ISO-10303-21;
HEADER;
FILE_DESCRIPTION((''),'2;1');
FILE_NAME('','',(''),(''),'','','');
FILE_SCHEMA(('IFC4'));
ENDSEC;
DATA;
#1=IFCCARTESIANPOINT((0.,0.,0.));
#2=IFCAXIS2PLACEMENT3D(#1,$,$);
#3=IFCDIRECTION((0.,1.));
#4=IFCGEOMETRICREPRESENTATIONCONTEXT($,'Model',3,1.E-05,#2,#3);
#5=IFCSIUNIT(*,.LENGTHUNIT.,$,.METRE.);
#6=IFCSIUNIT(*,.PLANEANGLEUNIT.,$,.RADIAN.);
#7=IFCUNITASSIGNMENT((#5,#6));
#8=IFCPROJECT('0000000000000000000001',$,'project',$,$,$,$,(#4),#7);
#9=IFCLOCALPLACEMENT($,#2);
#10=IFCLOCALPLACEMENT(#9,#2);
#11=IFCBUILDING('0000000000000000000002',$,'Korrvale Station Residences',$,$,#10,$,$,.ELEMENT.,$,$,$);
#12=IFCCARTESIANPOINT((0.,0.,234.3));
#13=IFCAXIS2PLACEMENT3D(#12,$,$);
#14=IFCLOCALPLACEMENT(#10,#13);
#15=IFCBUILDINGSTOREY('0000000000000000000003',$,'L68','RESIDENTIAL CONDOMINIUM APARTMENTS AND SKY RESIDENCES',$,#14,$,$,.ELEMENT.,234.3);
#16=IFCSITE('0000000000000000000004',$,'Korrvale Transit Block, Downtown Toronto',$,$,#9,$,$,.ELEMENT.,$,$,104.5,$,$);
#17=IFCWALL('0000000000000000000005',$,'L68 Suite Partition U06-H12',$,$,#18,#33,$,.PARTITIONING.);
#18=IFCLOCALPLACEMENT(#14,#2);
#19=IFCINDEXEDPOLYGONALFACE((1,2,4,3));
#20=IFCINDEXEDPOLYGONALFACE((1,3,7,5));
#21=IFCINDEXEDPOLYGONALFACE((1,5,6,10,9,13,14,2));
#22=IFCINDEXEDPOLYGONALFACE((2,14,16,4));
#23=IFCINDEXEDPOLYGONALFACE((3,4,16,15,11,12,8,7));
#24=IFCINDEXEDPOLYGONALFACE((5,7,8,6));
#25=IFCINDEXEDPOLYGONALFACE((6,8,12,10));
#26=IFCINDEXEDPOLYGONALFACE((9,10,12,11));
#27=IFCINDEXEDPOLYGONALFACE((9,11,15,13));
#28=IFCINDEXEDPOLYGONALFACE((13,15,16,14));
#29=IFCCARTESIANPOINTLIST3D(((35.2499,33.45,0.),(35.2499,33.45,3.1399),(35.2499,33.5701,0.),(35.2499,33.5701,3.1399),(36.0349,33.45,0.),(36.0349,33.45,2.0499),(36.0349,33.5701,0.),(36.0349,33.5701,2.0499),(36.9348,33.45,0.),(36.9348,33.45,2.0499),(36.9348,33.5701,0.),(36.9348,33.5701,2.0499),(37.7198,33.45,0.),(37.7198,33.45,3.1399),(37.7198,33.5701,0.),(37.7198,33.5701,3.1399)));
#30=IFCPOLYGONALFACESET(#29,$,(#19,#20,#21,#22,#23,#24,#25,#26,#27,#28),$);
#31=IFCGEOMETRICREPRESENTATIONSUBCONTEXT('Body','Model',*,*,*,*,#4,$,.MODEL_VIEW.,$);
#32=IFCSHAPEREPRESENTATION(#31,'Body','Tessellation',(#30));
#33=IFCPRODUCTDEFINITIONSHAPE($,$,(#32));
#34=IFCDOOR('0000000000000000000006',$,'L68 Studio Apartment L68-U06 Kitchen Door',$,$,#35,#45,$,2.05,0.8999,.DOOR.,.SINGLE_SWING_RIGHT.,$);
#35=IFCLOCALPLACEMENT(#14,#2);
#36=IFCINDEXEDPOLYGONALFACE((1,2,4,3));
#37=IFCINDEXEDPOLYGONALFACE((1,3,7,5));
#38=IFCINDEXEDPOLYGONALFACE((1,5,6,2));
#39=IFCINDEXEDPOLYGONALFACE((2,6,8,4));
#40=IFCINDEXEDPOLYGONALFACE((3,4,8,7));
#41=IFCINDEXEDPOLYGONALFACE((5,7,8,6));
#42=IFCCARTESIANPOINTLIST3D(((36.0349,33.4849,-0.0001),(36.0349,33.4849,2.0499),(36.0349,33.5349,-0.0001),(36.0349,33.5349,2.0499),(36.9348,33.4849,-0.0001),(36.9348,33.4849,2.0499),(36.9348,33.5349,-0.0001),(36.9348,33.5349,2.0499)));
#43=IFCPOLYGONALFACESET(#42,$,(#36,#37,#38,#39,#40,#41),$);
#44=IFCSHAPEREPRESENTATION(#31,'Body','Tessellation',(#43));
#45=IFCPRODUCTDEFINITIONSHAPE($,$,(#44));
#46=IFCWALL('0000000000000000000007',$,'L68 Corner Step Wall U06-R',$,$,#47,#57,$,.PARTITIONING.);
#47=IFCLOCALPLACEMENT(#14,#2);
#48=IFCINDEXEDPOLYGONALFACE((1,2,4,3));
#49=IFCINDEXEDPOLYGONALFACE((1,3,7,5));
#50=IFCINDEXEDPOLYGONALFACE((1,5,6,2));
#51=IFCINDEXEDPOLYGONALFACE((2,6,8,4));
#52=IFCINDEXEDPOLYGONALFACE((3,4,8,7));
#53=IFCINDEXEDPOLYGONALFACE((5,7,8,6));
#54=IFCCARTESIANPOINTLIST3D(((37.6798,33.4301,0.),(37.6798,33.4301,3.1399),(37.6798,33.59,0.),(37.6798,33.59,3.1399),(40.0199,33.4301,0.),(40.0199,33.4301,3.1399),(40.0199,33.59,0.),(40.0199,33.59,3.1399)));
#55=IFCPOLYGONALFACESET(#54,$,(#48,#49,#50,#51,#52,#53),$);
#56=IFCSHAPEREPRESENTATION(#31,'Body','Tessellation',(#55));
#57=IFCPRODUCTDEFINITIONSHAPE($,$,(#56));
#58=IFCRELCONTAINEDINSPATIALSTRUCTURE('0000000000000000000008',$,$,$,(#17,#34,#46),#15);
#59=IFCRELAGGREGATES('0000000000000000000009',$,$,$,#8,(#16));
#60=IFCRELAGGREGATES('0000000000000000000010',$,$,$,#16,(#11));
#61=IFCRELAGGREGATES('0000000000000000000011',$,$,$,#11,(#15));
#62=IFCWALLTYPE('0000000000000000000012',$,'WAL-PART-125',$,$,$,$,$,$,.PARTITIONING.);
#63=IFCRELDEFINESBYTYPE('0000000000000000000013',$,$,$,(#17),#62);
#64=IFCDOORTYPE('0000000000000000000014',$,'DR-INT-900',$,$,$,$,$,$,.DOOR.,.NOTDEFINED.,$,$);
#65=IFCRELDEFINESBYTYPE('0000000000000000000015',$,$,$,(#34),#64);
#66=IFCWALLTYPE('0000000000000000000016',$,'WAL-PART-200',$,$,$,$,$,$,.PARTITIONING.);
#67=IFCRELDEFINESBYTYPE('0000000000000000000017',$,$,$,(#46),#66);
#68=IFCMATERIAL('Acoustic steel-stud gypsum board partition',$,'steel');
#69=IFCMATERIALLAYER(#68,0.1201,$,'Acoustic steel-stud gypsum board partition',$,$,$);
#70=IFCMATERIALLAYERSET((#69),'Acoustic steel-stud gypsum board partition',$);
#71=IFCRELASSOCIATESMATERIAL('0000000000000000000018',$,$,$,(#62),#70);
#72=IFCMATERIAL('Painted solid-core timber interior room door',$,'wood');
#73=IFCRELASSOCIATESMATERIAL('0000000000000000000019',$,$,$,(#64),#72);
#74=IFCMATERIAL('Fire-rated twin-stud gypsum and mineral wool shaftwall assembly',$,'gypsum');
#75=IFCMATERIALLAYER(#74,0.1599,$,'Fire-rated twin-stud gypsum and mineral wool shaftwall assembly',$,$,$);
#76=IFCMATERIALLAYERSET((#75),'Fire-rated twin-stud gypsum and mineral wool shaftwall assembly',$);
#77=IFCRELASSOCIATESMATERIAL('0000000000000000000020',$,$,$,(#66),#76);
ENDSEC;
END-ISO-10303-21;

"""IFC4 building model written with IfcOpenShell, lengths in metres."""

from ifc_helpers import new_model, si_unit, direction, frame, frame_2d, origin, place, context, subcontext, project, spatial, rectangle, extrude, material, layer, layer_set, type_object, element, fill, save


model = new_model("IFC4")

# Units and contexts
model_context = context("Model", 3, precision=1e-05, world=origin(), true_north=direction((0.0, 1.0)))
body_context = subcontext(model_context, "Body", "Model", "MODEL_VIEW")
ifc_project = project(units=[si_unit("LENGTHUNIT", "METRE"), si_unit("PLANEANGLEUNIT", "RADIAN")], contexts=[model_context])

# Site, building, storey
site_placement = place(None, origin())
site = spatial("IfcSite", under=ifc_project, at=site_placement, Name="Korrvale Transit Block, Downtown Toronto", CompositionType="ELEMENT", RefElevation=104.5)
building_placement = place(site_placement, origin())
building = spatial("IfcBuilding", under=site, at=building_placement, Name="Korrvale Station Residences", CompositionType="ELEMENT")
storey_placement = place(building_placement, frame((0.0, 0.0, 234.3)))
storey = spatial("IfcBuildingStorey", under=building, at=storey_placement, Name="L68", Description="RESIDENTIAL CONDOMINIUM APARTMENTS AND SKY RESIDENCES", CompositionType="ELEMENT", Elevation=234.3)

# Shared definitions
ifc_material_1 = material(Name="Acoustic steel-stud gypsum board partition", Category="steel")
ifc_layer_1 = layer(ifc_material_1, 0.1201, Name="Acoustic steel-stud gypsum board partition")
ifc_layer_set_1 = layer_set([ifc_layer_1], Name="Acoustic steel-stud gypsum board partition")
wall_type_1 = type_object("IfcWallType", Name="WAL-PART-125", PredefinedType="PARTITIONING", material=ifc_layer_set_1)

# Wall, opening, door
wall_1_placement = place(storey_placement, frame((35.25, 33.51, 0.0), z_axis=(0.0, 0.0, 1.0), x_axis=(1.0, 0.0, 0.0)))
wall_1 = element("IfcWall", 1, at=wall_1_placement, inside=storey, type_object=wall_type_1, Name="L68 Suite Partition U06-H12", PredefinedType="PARTITIONING", context=body_context, shape_type="SweptSolid", body=[
    extrude(rectangle(XDim=2.47, YDim=0.1201, at=frame_2d((1.2349, 0.0))), origin(), (0.0, 0.0, 1.0), 3.1399),
])
opening_1_placement = place(wall_1_placement, frame((0.7849, 0.0, 0.0)))
opening_1 = element("IfcOpeningElement", 2, at=opening_1_placement, cuts=wall_1, PredefinedType="OPENING", context=body_context, shape_type="SweptSolid", body=[
    extrude(rectangle(XDim=0.8999, YDim=2.05, at=frame_2d((0.45, 1.0249))), frame((0.0, 0.0701, 0.0), z_axis=(0.0, -1.0, 0.0), x_axis=(1.0, 0.0, 0.0)), (0.0, 0.0, 1.0), 0.1401),
])
ifc_material_2 = material(Name="Painted solid-core timber interior room door", Category="wood")
door_type = type_object("IfcDoorType", Name="DR-INT-900", OperationType="NOTDEFINED", PredefinedType="DOOR", material=ifc_material_2)
door_placement = place(opening_1_placement, origin())
door = element("IfcDoor", 3, at=door_placement, inside=storey, type_object=door_type, Name="L68 Studio Apartment L68-U06 Kitchen Door", OperationType="SINGLE_SWING_RIGHT", OverallHeight=2.05, OverallWidth=0.8999, PredefinedType="DOOR", context=body_context, shape_type="SweptSolid", body=[
    extrude(rectangle(XDim=0.8999, YDim=2.05, at=frame_2d((0.45, 1.0249))), frame((0.0, 0.0249, 0.0), z_axis=(0.0, -1.0, 0.0), x_axis=(1.0, 0.0, 0.0)), (0.0, 0.0, 1.0), 0.05),
])
fill(opening_1, door)

# Wall
ifc_material_3 = material(Name="Fire-rated twin-stud gypsum and mineral wool shaftwall assembly", Category="gypsum")
ifc_layer_2 = layer(ifc_material_3, 0.1599, Name="Fire-rated twin-stud gypsum and mineral wool shaftwall assembly")
ifc_layer_set_2 = layer_set([ifc_layer_2], Name="Fire-rated twin-stud gypsum and mineral wool shaftwall assembly")
wall_type_2 = type_object("IfcWallType", Name="WAL-PART-200", PredefinedType="PARTITIONING", material=ifc_layer_set_2)
wall_2_placement = place(storey_placement, frame((37.6799, 33.51, 0.0), z_axis=(0.0, 0.0, 1.0), x_axis=(1.0, 0.0, 0.0)))
element("IfcWall", 4, at=wall_2_placement, inside=storey, type_object=wall_type_2, Name="L68 Corner Step Wall U06-R", PredefinedType="PARTITIONING", context=body_context, shape_type="SweptSolid", body=[
    extrude(rectangle(XDim=2.3401, YDim=0.1599, at=frame_2d((1.1699, 0.0))), origin(), (0.0, 0.0, 1.0), 3.1399),
])

save(model, "model.ifc")
